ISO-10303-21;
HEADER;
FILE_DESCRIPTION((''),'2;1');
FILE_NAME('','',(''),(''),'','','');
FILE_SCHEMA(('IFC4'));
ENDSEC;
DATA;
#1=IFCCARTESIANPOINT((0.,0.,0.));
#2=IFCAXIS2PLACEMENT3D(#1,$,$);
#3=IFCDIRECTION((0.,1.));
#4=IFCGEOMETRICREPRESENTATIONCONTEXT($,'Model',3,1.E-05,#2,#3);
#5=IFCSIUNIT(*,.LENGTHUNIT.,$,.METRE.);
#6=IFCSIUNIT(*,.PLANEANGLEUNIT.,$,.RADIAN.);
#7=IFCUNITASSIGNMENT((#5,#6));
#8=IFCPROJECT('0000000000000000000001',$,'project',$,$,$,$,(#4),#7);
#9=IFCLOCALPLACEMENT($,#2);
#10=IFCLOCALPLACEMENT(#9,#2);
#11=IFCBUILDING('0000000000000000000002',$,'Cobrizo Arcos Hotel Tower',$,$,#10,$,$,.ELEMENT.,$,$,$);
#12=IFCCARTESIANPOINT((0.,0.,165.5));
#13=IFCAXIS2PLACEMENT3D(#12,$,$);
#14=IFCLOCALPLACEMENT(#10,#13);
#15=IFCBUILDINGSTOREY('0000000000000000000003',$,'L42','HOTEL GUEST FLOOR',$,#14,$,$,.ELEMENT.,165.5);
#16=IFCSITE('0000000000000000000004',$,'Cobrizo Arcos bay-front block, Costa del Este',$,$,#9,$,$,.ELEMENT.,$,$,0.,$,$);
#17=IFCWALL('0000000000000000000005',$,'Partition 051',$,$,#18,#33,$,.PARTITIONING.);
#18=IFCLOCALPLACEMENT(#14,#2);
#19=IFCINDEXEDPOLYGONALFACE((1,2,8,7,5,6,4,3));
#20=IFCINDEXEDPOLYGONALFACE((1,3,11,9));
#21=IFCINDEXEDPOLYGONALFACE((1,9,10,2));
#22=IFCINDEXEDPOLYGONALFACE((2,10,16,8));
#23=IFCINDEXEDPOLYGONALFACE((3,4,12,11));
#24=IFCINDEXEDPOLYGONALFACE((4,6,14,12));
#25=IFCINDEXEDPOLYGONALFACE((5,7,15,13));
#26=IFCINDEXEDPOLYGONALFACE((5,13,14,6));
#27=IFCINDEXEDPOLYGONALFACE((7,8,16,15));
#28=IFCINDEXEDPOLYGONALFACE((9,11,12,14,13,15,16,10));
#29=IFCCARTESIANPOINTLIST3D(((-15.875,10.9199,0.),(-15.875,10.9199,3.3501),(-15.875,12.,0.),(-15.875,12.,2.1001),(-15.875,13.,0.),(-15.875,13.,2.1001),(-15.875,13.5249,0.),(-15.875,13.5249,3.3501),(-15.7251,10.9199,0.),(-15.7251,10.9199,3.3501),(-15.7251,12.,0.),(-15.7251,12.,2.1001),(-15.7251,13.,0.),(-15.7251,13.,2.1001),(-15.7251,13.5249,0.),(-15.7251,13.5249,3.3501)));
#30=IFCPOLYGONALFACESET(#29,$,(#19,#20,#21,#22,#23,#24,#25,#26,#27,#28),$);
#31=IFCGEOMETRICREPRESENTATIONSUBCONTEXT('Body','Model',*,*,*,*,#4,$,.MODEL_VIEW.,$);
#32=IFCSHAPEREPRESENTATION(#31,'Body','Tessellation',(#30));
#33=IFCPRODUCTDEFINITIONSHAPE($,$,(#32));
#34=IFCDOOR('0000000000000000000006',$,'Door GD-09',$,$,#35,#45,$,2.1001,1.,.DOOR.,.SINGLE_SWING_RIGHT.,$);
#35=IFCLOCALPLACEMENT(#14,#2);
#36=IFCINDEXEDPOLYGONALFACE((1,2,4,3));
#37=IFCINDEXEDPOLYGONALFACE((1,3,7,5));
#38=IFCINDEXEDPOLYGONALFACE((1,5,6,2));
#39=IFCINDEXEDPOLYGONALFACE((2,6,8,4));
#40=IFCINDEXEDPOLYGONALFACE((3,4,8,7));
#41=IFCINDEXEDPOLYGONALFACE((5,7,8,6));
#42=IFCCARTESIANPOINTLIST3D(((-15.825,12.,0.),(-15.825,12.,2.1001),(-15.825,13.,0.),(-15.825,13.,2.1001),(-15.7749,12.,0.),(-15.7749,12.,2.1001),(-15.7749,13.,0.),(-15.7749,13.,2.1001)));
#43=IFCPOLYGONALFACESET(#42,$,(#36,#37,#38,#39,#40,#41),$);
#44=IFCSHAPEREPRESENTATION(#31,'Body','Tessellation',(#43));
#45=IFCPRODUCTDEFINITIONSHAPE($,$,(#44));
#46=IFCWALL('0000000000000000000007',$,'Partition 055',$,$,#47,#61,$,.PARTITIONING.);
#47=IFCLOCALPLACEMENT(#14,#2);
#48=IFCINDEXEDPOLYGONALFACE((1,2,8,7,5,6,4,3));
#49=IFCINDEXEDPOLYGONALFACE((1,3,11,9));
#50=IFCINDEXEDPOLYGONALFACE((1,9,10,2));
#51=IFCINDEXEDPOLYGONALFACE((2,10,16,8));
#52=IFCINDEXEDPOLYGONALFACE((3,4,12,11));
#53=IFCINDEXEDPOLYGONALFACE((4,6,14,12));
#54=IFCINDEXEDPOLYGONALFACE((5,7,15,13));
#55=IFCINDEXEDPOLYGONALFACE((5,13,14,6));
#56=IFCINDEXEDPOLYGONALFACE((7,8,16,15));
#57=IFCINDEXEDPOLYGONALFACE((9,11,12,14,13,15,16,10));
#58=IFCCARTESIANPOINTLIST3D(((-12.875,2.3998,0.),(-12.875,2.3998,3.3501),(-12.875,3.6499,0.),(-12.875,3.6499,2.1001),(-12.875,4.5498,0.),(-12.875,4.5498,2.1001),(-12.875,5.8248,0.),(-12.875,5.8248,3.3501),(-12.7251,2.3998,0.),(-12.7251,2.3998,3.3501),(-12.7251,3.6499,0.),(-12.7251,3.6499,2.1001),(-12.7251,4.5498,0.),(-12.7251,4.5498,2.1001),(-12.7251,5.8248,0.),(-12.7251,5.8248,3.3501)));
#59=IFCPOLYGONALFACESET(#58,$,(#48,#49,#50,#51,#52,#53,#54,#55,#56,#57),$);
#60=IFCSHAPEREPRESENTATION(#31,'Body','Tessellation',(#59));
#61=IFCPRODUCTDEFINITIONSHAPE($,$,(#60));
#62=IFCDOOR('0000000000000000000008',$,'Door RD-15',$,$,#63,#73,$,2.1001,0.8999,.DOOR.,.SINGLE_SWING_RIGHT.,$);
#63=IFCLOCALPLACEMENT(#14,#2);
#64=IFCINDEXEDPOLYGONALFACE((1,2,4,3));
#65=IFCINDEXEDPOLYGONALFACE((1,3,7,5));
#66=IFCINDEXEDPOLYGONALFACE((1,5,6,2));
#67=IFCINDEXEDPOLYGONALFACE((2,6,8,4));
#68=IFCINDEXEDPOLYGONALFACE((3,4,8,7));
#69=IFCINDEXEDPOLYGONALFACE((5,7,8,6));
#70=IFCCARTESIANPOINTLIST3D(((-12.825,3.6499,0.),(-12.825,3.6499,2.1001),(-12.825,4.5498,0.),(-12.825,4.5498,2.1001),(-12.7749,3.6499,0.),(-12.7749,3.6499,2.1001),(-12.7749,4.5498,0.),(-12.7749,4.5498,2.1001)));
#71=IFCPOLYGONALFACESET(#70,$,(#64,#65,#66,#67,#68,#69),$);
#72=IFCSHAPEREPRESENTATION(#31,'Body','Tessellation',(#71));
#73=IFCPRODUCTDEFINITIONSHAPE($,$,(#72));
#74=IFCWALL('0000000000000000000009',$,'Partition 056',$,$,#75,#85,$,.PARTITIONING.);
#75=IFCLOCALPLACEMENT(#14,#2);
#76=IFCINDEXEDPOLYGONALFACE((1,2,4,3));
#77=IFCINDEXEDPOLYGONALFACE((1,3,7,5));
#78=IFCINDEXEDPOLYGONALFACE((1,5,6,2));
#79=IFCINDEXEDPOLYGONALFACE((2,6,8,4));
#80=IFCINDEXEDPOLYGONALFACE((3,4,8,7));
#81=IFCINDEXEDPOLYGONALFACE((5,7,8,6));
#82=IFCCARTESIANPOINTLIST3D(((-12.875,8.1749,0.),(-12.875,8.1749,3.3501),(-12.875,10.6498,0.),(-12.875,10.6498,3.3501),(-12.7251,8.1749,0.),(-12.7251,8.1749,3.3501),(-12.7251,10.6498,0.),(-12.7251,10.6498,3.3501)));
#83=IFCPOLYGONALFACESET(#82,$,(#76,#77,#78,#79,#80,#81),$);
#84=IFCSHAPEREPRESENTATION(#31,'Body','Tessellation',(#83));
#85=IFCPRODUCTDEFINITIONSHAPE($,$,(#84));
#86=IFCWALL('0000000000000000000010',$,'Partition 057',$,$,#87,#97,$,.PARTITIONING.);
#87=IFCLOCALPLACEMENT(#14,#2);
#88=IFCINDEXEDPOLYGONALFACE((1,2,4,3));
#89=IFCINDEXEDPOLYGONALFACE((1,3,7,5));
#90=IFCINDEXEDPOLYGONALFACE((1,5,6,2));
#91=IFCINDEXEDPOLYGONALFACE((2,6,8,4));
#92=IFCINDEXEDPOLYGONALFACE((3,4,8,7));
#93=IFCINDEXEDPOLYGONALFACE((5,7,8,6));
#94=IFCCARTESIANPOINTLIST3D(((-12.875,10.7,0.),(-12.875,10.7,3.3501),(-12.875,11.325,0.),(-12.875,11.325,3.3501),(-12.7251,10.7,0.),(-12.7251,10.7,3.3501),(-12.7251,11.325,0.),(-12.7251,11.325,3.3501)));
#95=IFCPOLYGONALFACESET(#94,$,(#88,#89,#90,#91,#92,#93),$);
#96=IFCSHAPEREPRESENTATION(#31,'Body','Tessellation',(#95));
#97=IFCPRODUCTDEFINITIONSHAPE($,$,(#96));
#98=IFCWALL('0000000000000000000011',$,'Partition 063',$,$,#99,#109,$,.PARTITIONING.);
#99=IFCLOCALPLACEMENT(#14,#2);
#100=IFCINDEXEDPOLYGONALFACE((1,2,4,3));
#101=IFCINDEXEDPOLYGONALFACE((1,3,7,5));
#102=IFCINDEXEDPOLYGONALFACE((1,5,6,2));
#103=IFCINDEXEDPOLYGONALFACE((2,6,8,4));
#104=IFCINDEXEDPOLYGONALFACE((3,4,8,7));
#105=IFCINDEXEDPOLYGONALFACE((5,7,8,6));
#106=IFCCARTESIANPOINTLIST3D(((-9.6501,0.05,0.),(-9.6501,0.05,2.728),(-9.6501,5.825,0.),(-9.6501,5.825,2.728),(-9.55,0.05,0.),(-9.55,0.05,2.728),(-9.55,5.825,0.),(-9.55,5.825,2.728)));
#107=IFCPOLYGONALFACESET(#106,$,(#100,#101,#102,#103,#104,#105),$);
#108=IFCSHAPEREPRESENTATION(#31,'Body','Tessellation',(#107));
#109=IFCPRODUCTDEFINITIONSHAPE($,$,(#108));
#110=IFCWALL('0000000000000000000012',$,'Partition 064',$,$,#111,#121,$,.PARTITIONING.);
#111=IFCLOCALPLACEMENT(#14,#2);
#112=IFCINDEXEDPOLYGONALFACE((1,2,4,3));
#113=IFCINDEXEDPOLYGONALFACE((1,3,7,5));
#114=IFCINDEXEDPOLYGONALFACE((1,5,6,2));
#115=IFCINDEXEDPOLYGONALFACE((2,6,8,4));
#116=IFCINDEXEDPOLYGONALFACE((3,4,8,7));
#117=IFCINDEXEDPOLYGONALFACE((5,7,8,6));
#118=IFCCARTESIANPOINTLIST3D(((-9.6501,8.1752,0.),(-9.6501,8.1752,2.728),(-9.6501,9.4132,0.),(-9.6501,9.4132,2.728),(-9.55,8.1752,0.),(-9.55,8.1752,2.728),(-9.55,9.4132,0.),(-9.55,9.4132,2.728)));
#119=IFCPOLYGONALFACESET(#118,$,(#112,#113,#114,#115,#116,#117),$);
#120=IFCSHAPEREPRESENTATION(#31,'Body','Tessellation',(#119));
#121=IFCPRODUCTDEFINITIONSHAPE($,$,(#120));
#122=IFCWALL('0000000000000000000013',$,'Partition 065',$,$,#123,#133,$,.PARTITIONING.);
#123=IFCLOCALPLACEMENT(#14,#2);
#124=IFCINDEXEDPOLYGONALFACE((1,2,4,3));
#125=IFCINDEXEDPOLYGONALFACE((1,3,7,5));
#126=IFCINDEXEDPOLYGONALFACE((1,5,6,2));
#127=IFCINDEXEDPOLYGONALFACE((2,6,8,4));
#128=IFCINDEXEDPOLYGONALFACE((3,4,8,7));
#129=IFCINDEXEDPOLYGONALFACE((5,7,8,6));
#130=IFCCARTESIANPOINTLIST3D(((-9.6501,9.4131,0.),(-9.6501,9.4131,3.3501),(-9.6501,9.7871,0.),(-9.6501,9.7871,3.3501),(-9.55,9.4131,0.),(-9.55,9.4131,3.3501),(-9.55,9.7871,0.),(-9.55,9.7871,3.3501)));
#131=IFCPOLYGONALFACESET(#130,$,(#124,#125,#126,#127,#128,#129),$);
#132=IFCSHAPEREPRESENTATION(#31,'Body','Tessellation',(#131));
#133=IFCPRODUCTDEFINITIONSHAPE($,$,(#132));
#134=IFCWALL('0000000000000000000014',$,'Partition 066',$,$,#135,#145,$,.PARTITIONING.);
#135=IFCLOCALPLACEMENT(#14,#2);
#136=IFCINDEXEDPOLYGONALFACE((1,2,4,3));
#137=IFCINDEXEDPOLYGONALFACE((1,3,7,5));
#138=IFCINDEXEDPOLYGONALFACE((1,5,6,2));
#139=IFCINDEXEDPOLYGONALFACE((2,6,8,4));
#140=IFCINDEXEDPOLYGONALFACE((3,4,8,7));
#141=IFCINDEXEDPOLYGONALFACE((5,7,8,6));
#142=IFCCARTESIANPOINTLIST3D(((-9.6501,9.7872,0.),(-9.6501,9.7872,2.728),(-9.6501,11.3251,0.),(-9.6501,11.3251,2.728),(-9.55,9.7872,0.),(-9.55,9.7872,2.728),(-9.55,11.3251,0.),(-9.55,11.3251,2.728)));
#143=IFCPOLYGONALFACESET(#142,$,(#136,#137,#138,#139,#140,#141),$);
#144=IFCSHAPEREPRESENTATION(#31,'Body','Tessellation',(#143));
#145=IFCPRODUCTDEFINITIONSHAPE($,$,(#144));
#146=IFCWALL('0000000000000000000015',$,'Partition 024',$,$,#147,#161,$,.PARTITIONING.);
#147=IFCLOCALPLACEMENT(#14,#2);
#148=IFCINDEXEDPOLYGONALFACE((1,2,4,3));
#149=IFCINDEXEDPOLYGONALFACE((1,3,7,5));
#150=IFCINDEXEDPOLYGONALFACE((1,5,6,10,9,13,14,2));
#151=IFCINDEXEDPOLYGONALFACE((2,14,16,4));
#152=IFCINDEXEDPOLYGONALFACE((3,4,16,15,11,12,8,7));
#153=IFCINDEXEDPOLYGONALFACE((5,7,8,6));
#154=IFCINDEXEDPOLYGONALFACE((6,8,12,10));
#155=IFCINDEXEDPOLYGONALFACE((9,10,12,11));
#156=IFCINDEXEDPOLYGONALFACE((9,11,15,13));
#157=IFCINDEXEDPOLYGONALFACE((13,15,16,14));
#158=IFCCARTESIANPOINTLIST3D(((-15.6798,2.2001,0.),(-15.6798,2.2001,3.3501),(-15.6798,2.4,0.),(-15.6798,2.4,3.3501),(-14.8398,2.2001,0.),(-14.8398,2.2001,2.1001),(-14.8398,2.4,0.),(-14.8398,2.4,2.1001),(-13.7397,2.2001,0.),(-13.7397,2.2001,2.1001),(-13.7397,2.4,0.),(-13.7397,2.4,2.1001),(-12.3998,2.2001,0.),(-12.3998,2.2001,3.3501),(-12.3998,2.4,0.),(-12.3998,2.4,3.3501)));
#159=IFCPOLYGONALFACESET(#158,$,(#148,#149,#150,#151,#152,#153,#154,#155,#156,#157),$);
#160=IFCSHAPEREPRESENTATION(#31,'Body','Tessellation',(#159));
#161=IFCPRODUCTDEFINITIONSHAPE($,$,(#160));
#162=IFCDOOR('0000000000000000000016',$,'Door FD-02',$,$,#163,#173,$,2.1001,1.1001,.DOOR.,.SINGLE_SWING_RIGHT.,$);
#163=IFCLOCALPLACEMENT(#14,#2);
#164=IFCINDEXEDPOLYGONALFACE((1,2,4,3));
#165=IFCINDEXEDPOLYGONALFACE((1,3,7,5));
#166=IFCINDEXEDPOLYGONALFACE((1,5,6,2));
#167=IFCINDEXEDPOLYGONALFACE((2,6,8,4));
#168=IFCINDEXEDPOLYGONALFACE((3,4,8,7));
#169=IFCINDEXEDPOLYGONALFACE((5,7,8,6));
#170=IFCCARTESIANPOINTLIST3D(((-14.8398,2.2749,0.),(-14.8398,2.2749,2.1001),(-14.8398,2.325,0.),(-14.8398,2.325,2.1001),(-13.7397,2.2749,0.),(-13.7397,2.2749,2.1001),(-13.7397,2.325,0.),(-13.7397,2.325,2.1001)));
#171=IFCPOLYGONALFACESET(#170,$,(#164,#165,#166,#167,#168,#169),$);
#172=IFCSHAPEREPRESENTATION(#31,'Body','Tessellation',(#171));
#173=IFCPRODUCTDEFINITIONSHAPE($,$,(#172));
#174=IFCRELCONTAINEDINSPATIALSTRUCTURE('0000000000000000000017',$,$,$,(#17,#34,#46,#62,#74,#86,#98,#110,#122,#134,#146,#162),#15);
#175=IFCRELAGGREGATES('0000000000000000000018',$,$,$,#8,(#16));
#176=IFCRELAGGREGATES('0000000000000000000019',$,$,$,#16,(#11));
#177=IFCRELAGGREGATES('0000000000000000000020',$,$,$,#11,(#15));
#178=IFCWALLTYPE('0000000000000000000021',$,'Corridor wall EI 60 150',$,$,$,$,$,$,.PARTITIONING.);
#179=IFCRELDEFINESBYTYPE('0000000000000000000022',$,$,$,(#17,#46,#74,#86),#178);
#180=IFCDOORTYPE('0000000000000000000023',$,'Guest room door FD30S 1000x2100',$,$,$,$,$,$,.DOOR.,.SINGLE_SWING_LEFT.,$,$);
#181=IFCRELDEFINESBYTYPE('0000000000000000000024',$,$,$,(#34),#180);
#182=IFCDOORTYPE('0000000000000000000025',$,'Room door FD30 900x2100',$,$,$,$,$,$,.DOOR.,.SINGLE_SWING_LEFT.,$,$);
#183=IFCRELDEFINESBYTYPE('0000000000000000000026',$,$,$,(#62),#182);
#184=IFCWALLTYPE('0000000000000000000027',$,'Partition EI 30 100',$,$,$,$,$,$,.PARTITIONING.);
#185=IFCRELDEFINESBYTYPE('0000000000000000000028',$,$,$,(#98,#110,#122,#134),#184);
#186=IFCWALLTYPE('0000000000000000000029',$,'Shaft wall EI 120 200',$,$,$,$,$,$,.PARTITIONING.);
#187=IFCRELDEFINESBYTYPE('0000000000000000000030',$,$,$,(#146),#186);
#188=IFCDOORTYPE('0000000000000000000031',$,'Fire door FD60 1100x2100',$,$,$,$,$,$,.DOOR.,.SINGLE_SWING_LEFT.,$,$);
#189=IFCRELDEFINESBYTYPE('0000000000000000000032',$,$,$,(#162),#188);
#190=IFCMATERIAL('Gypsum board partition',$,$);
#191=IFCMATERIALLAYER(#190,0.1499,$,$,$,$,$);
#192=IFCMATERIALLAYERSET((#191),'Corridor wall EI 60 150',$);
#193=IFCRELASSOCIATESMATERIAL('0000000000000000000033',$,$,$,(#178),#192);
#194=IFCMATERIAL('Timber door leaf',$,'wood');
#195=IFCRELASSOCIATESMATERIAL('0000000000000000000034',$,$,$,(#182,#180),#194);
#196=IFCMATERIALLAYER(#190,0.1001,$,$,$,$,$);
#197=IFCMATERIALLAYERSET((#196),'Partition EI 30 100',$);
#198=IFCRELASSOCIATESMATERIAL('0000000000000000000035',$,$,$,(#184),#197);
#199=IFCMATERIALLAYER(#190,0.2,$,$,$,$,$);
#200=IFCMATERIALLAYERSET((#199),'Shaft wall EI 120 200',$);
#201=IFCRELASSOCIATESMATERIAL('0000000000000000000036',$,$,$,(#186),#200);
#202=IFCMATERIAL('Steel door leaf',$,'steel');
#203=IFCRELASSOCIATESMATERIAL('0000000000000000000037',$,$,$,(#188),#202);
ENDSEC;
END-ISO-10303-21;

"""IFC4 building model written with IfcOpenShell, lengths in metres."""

from ifc_helpers import new_model, si_unit, direction, frame, frame_2d, origin, place, context, subcontext, project, spatial, rectangle, extrude, material, layer, layer_set, type_object, element, fill, save


model = new_model("IFC4")

# Units and contexts
model_context = context("Model", 3, precision=1e-05, world=origin(), true_north=direction((0.0, 1.0)))
body_context = subcontext(model_context, "Body", "Model", "MODEL_VIEW")
ifc_project = project(units=[si_unit("LENGTHUNIT", "METRE"), si_unit("PLANEANGLEUNIT", "RADIAN")], contexts=[model_context])

# Site, building, storey
site_placement = place(None, origin())
site = spatial("IfcSite", under=ifc_project, at=site_placement, Name="Cobrizo Arcos bay-front block, Costa del Este", CompositionType="ELEMENT", RefElevation=0.0)
building_placement = place(site_placement, origin())
building = spatial("IfcBuilding", under=site, at=building_placement, Name="Cobrizo Arcos Hotel Tower", CompositionType="ELEMENT")
storey_placement = place(building_placement, frame((0.0, 0.0, 165.5)))
storey = spatial("IfcBuildingStorey", under=building, at=storey_placement, Name="L42", Description="HOTEL GUEST FLOOR", CompositionType="ELEMENT", Elevation=165.5)

# Walls, openings, doors
ifc_material_1 = material(Name="Gypsum board partition")
ifc_layer_1 = layer(ifc_material_1, 0.1499)
ifc_layer_set_1 = layer_set([ifc_layer_1], Name="Corridor wall EI 60 150")
wall_type_1 = type_object("IfcWallType", Name="Corridor wall EI 60 150", PredefinedType="PARTITIONING", material=ifc_layer_set_1)
ifc_material_2 = material(Name="Timber door leaf", Category="wood")
door_type_1 = type_object("IfcDoorType", Name="Room door FD30 900x2100", OperationType="SINGLE_SWING_LEFT", PredefinedType="DOOR", material=ifc_material_2)
wall_1_placement = place(storey_placement, frame((-15.8, 10.9199, 0.0), z_axis=(0.0, 0.0, 1.0), x_axis=(0.0, 1.0, 0.0)))
wall_1 = element("IfcWall", 1, at=wall_1_placement, inside=storey, type_object=wall_type_1, Name="Partition 051", PredefinedType="PARTITIONING", context=body_context, shape_type="SweptSolid", body=[
    extrude(rectangle(XDim=2.605, YDim=0.1499, at=frame_2d((1.3025, 0.0))), origin(), (0.0, 0.0, 1.0), 3.3501),
])
opening_1_placement = place(wall_1_placement, frame((1.0801, 0.0, 0.0)))
opening_1 = element("IfcOpeningElement", 2, at=opening_1_placement, cuts=wall_1, PredefinedType="OPENING", context=body_context, shape_type="SweptSolid", body=[
    extrude(rectangle(XDim=1.0, YDim=2.1001, at=frame_2d((0.5, 1.05))), frame((0.0, 0.0869, 0.0), z_axis=(0.0, -1.0, 0.0), x_axis=(1.0, 0.0, 0.0)), (0.0, 0.0, 1.0), 0.1738),
])
door_type_2 = type_object("IfcDoorType", Name="Guest room door FD30S 1000x2100", OperationType="SINGLE_SWING_LEFT", PredefinedType="DOOR", material=ifc_material_2)
door_1_placement = place(opening_1_placement, origin())
door_1 = element("IfcDoor", 3, at=door_1_placement, inside=storey, type_object=door_type_2, Name="Door GD-09", OperationType="SINGLE_SWING_RIGHT", OverallHeight=2.1001, OverallWidth=1.0, PredefinedType="DOOR", context=body_context, shape_type="SweptSolid", body=[
    extrude(rectangle(XDim=1.0, YDim=2.1001, at=frame_2d((0.5, 1.05))), frame((0.0, 0.0249, 0.0), z_axis=(0.0, -1.0, 0.0), x_axis=(1.0, 0.0, 0.0)), (0.0, 0.0, 1.0), 0.05),
])
fill(opening_1, door_1)
wall_2_placement = place(storey_placement, frame((-12.8, 2.3999, 0.0), z_axis=(0.0, 0.0, 1.0), x_axis=(0.0, 1.0, 0.0)))
wall_2 = element("IfcWall", 4, at=wall_2_placement, inside=storey, type_object=wall_type_1, Name="Partition 055", PredefinedType="PARTITIONING", context=body_context, shape_type="SweptSolid", body=[
    extrude(rectangle(XDim=3.425, YDim=0.1499, at=frame_2d((1.7124, 0.0))), origin(), (0.0, 0.0, 1.0), 3.3501),
])
opening_2_placement = place(wall_2_placement, frame((1.25, 0.0, 0.0)))
opening_2 = element("IfcOpeningElement", 5, at=opening_2_placement, cuts=wall_2, PredefinedType="OPENING", context=body_context, shape_type="SweptSolid", body=[
    extrude(rectangle(XDim=0.8999, YDim=2.1001, at=frame_2d((0.45, 1.05))), frame((0.0, 0.0869, 0.0), z_axis=(0.0, -1.0, 0.0), x_axis=(1.0, 0.0, 0.0)), (0.0, 0.0, 1.0), 0.1738),
])
door_2_placement = place(opening_2_placement, origin())
door_2 = element("IfcDoor", 6, at=door_2_placement, inside=storey, type_object=door_type_1, Name="Door RD-15", OperationType="SINGLE_SWING_RIGHT", OverallHeight=2.1001, OverallWidth=0.8999, PredefinedType="DOOR", context=body_context, shape_type="SweptSolid", body=[
    extrude(rectangle(XDim=0.8999, YDim=2.1001, at=frame_2d((0.45, 1.05))), frame((0.0, 0.0249, 0.0), z_axis=(0.0, -1.0, 0.0), x_axis=(1.0, 0.0, 0.0)), (0.0, 0.0, 1.0), 0.05),
])
fill(opening_2, door_2)

# Walls
wall_3_placement = place(storey_placement, frame((-12.8, 8.175, 0.0), z_axis=(0.0, 0.0, 1.0), x_axis=(0.0, 1.0, 0.0)))
element("IfcWall", 7, at=wall_3_placement, inside=storey, type_object=wall_type_1, Name="Partition 056", PredefinedType="PARTITIONING", context=body_context, shape_type="SweptSolid", body=[
    extrude(rectangle(XDim=2.4749, YDim=0.1499, at=frame_2d((1.2373, 0.0))), origin(), (0.0, 0.0, 1.0), 3.3501),
])
wall_4_placement = place(storey_placement, frame((-12.8, 10.7, 0.0), z_axis=(0.0, 0.0, 1.0), x_axis=(0.0, 1.0, 0.0)))
element("IfcWall", 8, at=wall_4_placement, inside=storey, type_object=wall_type_1, Name="Partition 057", PredefinedType="PARTITIONING", context=body_context, shape_type="SweptSolid", body=[
    extrude(rectangle(XDim=0.625, YDim=0.1499, at=frame_2d((0.3125, 0.0))), origin(), (0.0, 0.0, 1.0), 3.3501),
])
ifc_layer_2 = layer(ifc_material_1, 0.1001)
ifc_layer_set_2 = layer_set([ifc_layer_2], Name="Partition EI 30 100")
wall_type_2 = type_object("IfcWallType", Name="Partition EI 30 100", PredefinedType="PARTITIONING", material=ifc_layer_set_2)
wall_5_placement = place(storey_placement, frame((-9.6001, 0.05, 0.0), z_axis=(0.0, 0.0, 1.0), x_axis=(0.0, 1.0, 0.0)))
element("IfcWall", 9, at=wall_5_placement, inside=storey, type_object=wall_type_2, Name="Partition 063", PredefinedType="PARTITIONING", context=body_context, shape_type="SweptSolid", body=[
    extrude(rectangle(XDim=5.7749, YDim=0.1001, at=frame_2d((2.8875, 0.0))), origin(), (0.0, 0.0, 1.0), 2.728),
])
wall_6_placement = place(storey_placement, frame((-9.6001, 8.175, 0.0), z_axis=(0.0, 0.0, 1.0), x_axis=(0.0, 1.0, 0.0)))
element("IfcWall", 10, at=wall_6_placement, inside=storey, type_object=wall_type_2, Name="Partition 064", PredefinedType="PARTITIONING", context=body_context, shape_type="SweptSolid", body=[
    extrude(rectangle(XDim=1.238, YDim=0.1001, at=frame_2d((0.6191, 0.0))), origin(), (0.0, 0.0, 1.0), 2.728),
])
wall_7_placement = place(storey_placement, frame((-9.6001, 9.4131, 0.0), z_axis=(0.0, 0.0, 1.0), x_axis=(0.0, 1.0, 0.0)))
element("IfcWall", 11, at=wall_7_placement, inside=storey, type_object=wall_type_2, Name="Partition 065", PredefinedType="PARTITIONING", context=body_context, shape_type="SweptSolid", body=[
    extrude(rectangle(XDim=0.374, YDim=0.1001, at=frame_2d((0.187, 0.0))), origin(), (0.0, 0.0, 1.0), 3.3501),
])
wall_8_placement = place(storey_placement, frame((-9.6001, 9.7871, 0.0), z_axis=(0.0, 0.0, 1.0), x_axis=(0.0, 1.0, 0.0)))
element("IfcWall", 12, at=wall_8_placement, inside=storey, type_object=wall_type_2, Name="Partition 066", PredefinedType="PARTITIONING", context=body_context, shape_type="SweptSolid", body=[
    extrude(rectangle(XDim=1.5378, YDim=0.1001, at=frame_2d((0.769, 0.0))), origin(), (0.0, 0.0, 1.0), 2.728),
])

# Wall, opening, door
ifc_layer_3 = layer(ifc_material_1, 0.2)
ifc_layer_set_3 = layer_set([ifc_layer_3], Name="Shaft wall EI 120 200")
wall_type_3 = type_object("IfcWallType", Name="Shaft wall EI 120 200", PredefinedType="PARTITIONING", material=ifc_layer_set_3)
wall_9_placement = place(storey_placement, frame((-15.6799, 2.3, 0.0), z_axis=(0.0, 0.0, 1.0), x_axis=(1.0, 0.0, 0.0)))
wall_9 = element("IfcWall", 13, at=wall_9_placement, inside=storey, type_object=wall_type_3, Name="Partition 024", PredefinedType="PARTITIONING", context=body_context, shape_type="SweptSolid", body=[
    extrude(rectangle(XDim=3.28, YDim=0.2, at=frame_2d((1.6401, 0.0))), origin(), (0.0, 0.0, 1.0), 3.3501),
])
opening_3_placement = place(wall_9_placement, frame((0.8401, 0.0, 0.0)))
opening_3 = element("IfcOpeningElement", 14, at=opening_3_placement, cuts=wall_9, PredefinedType="OPENING", context=body_context, shape_type="SweptSolid", body=[
    extrude(rectangle(XDim=1.1001, YDim=2.1001, at=frame_2d((0.55, 1.05))), frame((0.0, 0.1121, 0.0), z_axis=(0.0, -1.0, 0.0), x_axis=(1.0, 0.0, 0.0)), (0.0, 0.0, 1.0), 0.2239),
])
ifc_material_3 = material(Name="Steel door leaf", Category="steel")
door_type_3 = type_object("IfcDoorType", Name="Fire door FD60 1100x2100", OperationType="SINGLE_SWING_LEFT", PredefinedType="DOOR", material=ifc_material_3)
door_3_placement = place(opening_3_placement, origin())
door_3 = element("IfcDoor", 15, at=door_3_placement, inside=storey, type_object=door_type_3, Name="Door FD-02", OperationType="SINGLE_SWING_RIGHT", OverallHeight=2.1001, OverallWidth=1.1001, PredefinedType="DOOR", context=body_context, shape_type="SweptSolid", body=[
    extrude(rectangle(XDim=1.1001, YDim=2.1001, at=frame_2d((0.55, 1.05))), frame((0.0, 0.0249, 0.0), z_axis=(0.0, -1.0, 0.0), x_axis=(1.0, 0.0, 0.0)), (0.0, 0.0, 1.0), 0.05),
])
fill(opening_3, door_3)

save(model, "model.ifc")
